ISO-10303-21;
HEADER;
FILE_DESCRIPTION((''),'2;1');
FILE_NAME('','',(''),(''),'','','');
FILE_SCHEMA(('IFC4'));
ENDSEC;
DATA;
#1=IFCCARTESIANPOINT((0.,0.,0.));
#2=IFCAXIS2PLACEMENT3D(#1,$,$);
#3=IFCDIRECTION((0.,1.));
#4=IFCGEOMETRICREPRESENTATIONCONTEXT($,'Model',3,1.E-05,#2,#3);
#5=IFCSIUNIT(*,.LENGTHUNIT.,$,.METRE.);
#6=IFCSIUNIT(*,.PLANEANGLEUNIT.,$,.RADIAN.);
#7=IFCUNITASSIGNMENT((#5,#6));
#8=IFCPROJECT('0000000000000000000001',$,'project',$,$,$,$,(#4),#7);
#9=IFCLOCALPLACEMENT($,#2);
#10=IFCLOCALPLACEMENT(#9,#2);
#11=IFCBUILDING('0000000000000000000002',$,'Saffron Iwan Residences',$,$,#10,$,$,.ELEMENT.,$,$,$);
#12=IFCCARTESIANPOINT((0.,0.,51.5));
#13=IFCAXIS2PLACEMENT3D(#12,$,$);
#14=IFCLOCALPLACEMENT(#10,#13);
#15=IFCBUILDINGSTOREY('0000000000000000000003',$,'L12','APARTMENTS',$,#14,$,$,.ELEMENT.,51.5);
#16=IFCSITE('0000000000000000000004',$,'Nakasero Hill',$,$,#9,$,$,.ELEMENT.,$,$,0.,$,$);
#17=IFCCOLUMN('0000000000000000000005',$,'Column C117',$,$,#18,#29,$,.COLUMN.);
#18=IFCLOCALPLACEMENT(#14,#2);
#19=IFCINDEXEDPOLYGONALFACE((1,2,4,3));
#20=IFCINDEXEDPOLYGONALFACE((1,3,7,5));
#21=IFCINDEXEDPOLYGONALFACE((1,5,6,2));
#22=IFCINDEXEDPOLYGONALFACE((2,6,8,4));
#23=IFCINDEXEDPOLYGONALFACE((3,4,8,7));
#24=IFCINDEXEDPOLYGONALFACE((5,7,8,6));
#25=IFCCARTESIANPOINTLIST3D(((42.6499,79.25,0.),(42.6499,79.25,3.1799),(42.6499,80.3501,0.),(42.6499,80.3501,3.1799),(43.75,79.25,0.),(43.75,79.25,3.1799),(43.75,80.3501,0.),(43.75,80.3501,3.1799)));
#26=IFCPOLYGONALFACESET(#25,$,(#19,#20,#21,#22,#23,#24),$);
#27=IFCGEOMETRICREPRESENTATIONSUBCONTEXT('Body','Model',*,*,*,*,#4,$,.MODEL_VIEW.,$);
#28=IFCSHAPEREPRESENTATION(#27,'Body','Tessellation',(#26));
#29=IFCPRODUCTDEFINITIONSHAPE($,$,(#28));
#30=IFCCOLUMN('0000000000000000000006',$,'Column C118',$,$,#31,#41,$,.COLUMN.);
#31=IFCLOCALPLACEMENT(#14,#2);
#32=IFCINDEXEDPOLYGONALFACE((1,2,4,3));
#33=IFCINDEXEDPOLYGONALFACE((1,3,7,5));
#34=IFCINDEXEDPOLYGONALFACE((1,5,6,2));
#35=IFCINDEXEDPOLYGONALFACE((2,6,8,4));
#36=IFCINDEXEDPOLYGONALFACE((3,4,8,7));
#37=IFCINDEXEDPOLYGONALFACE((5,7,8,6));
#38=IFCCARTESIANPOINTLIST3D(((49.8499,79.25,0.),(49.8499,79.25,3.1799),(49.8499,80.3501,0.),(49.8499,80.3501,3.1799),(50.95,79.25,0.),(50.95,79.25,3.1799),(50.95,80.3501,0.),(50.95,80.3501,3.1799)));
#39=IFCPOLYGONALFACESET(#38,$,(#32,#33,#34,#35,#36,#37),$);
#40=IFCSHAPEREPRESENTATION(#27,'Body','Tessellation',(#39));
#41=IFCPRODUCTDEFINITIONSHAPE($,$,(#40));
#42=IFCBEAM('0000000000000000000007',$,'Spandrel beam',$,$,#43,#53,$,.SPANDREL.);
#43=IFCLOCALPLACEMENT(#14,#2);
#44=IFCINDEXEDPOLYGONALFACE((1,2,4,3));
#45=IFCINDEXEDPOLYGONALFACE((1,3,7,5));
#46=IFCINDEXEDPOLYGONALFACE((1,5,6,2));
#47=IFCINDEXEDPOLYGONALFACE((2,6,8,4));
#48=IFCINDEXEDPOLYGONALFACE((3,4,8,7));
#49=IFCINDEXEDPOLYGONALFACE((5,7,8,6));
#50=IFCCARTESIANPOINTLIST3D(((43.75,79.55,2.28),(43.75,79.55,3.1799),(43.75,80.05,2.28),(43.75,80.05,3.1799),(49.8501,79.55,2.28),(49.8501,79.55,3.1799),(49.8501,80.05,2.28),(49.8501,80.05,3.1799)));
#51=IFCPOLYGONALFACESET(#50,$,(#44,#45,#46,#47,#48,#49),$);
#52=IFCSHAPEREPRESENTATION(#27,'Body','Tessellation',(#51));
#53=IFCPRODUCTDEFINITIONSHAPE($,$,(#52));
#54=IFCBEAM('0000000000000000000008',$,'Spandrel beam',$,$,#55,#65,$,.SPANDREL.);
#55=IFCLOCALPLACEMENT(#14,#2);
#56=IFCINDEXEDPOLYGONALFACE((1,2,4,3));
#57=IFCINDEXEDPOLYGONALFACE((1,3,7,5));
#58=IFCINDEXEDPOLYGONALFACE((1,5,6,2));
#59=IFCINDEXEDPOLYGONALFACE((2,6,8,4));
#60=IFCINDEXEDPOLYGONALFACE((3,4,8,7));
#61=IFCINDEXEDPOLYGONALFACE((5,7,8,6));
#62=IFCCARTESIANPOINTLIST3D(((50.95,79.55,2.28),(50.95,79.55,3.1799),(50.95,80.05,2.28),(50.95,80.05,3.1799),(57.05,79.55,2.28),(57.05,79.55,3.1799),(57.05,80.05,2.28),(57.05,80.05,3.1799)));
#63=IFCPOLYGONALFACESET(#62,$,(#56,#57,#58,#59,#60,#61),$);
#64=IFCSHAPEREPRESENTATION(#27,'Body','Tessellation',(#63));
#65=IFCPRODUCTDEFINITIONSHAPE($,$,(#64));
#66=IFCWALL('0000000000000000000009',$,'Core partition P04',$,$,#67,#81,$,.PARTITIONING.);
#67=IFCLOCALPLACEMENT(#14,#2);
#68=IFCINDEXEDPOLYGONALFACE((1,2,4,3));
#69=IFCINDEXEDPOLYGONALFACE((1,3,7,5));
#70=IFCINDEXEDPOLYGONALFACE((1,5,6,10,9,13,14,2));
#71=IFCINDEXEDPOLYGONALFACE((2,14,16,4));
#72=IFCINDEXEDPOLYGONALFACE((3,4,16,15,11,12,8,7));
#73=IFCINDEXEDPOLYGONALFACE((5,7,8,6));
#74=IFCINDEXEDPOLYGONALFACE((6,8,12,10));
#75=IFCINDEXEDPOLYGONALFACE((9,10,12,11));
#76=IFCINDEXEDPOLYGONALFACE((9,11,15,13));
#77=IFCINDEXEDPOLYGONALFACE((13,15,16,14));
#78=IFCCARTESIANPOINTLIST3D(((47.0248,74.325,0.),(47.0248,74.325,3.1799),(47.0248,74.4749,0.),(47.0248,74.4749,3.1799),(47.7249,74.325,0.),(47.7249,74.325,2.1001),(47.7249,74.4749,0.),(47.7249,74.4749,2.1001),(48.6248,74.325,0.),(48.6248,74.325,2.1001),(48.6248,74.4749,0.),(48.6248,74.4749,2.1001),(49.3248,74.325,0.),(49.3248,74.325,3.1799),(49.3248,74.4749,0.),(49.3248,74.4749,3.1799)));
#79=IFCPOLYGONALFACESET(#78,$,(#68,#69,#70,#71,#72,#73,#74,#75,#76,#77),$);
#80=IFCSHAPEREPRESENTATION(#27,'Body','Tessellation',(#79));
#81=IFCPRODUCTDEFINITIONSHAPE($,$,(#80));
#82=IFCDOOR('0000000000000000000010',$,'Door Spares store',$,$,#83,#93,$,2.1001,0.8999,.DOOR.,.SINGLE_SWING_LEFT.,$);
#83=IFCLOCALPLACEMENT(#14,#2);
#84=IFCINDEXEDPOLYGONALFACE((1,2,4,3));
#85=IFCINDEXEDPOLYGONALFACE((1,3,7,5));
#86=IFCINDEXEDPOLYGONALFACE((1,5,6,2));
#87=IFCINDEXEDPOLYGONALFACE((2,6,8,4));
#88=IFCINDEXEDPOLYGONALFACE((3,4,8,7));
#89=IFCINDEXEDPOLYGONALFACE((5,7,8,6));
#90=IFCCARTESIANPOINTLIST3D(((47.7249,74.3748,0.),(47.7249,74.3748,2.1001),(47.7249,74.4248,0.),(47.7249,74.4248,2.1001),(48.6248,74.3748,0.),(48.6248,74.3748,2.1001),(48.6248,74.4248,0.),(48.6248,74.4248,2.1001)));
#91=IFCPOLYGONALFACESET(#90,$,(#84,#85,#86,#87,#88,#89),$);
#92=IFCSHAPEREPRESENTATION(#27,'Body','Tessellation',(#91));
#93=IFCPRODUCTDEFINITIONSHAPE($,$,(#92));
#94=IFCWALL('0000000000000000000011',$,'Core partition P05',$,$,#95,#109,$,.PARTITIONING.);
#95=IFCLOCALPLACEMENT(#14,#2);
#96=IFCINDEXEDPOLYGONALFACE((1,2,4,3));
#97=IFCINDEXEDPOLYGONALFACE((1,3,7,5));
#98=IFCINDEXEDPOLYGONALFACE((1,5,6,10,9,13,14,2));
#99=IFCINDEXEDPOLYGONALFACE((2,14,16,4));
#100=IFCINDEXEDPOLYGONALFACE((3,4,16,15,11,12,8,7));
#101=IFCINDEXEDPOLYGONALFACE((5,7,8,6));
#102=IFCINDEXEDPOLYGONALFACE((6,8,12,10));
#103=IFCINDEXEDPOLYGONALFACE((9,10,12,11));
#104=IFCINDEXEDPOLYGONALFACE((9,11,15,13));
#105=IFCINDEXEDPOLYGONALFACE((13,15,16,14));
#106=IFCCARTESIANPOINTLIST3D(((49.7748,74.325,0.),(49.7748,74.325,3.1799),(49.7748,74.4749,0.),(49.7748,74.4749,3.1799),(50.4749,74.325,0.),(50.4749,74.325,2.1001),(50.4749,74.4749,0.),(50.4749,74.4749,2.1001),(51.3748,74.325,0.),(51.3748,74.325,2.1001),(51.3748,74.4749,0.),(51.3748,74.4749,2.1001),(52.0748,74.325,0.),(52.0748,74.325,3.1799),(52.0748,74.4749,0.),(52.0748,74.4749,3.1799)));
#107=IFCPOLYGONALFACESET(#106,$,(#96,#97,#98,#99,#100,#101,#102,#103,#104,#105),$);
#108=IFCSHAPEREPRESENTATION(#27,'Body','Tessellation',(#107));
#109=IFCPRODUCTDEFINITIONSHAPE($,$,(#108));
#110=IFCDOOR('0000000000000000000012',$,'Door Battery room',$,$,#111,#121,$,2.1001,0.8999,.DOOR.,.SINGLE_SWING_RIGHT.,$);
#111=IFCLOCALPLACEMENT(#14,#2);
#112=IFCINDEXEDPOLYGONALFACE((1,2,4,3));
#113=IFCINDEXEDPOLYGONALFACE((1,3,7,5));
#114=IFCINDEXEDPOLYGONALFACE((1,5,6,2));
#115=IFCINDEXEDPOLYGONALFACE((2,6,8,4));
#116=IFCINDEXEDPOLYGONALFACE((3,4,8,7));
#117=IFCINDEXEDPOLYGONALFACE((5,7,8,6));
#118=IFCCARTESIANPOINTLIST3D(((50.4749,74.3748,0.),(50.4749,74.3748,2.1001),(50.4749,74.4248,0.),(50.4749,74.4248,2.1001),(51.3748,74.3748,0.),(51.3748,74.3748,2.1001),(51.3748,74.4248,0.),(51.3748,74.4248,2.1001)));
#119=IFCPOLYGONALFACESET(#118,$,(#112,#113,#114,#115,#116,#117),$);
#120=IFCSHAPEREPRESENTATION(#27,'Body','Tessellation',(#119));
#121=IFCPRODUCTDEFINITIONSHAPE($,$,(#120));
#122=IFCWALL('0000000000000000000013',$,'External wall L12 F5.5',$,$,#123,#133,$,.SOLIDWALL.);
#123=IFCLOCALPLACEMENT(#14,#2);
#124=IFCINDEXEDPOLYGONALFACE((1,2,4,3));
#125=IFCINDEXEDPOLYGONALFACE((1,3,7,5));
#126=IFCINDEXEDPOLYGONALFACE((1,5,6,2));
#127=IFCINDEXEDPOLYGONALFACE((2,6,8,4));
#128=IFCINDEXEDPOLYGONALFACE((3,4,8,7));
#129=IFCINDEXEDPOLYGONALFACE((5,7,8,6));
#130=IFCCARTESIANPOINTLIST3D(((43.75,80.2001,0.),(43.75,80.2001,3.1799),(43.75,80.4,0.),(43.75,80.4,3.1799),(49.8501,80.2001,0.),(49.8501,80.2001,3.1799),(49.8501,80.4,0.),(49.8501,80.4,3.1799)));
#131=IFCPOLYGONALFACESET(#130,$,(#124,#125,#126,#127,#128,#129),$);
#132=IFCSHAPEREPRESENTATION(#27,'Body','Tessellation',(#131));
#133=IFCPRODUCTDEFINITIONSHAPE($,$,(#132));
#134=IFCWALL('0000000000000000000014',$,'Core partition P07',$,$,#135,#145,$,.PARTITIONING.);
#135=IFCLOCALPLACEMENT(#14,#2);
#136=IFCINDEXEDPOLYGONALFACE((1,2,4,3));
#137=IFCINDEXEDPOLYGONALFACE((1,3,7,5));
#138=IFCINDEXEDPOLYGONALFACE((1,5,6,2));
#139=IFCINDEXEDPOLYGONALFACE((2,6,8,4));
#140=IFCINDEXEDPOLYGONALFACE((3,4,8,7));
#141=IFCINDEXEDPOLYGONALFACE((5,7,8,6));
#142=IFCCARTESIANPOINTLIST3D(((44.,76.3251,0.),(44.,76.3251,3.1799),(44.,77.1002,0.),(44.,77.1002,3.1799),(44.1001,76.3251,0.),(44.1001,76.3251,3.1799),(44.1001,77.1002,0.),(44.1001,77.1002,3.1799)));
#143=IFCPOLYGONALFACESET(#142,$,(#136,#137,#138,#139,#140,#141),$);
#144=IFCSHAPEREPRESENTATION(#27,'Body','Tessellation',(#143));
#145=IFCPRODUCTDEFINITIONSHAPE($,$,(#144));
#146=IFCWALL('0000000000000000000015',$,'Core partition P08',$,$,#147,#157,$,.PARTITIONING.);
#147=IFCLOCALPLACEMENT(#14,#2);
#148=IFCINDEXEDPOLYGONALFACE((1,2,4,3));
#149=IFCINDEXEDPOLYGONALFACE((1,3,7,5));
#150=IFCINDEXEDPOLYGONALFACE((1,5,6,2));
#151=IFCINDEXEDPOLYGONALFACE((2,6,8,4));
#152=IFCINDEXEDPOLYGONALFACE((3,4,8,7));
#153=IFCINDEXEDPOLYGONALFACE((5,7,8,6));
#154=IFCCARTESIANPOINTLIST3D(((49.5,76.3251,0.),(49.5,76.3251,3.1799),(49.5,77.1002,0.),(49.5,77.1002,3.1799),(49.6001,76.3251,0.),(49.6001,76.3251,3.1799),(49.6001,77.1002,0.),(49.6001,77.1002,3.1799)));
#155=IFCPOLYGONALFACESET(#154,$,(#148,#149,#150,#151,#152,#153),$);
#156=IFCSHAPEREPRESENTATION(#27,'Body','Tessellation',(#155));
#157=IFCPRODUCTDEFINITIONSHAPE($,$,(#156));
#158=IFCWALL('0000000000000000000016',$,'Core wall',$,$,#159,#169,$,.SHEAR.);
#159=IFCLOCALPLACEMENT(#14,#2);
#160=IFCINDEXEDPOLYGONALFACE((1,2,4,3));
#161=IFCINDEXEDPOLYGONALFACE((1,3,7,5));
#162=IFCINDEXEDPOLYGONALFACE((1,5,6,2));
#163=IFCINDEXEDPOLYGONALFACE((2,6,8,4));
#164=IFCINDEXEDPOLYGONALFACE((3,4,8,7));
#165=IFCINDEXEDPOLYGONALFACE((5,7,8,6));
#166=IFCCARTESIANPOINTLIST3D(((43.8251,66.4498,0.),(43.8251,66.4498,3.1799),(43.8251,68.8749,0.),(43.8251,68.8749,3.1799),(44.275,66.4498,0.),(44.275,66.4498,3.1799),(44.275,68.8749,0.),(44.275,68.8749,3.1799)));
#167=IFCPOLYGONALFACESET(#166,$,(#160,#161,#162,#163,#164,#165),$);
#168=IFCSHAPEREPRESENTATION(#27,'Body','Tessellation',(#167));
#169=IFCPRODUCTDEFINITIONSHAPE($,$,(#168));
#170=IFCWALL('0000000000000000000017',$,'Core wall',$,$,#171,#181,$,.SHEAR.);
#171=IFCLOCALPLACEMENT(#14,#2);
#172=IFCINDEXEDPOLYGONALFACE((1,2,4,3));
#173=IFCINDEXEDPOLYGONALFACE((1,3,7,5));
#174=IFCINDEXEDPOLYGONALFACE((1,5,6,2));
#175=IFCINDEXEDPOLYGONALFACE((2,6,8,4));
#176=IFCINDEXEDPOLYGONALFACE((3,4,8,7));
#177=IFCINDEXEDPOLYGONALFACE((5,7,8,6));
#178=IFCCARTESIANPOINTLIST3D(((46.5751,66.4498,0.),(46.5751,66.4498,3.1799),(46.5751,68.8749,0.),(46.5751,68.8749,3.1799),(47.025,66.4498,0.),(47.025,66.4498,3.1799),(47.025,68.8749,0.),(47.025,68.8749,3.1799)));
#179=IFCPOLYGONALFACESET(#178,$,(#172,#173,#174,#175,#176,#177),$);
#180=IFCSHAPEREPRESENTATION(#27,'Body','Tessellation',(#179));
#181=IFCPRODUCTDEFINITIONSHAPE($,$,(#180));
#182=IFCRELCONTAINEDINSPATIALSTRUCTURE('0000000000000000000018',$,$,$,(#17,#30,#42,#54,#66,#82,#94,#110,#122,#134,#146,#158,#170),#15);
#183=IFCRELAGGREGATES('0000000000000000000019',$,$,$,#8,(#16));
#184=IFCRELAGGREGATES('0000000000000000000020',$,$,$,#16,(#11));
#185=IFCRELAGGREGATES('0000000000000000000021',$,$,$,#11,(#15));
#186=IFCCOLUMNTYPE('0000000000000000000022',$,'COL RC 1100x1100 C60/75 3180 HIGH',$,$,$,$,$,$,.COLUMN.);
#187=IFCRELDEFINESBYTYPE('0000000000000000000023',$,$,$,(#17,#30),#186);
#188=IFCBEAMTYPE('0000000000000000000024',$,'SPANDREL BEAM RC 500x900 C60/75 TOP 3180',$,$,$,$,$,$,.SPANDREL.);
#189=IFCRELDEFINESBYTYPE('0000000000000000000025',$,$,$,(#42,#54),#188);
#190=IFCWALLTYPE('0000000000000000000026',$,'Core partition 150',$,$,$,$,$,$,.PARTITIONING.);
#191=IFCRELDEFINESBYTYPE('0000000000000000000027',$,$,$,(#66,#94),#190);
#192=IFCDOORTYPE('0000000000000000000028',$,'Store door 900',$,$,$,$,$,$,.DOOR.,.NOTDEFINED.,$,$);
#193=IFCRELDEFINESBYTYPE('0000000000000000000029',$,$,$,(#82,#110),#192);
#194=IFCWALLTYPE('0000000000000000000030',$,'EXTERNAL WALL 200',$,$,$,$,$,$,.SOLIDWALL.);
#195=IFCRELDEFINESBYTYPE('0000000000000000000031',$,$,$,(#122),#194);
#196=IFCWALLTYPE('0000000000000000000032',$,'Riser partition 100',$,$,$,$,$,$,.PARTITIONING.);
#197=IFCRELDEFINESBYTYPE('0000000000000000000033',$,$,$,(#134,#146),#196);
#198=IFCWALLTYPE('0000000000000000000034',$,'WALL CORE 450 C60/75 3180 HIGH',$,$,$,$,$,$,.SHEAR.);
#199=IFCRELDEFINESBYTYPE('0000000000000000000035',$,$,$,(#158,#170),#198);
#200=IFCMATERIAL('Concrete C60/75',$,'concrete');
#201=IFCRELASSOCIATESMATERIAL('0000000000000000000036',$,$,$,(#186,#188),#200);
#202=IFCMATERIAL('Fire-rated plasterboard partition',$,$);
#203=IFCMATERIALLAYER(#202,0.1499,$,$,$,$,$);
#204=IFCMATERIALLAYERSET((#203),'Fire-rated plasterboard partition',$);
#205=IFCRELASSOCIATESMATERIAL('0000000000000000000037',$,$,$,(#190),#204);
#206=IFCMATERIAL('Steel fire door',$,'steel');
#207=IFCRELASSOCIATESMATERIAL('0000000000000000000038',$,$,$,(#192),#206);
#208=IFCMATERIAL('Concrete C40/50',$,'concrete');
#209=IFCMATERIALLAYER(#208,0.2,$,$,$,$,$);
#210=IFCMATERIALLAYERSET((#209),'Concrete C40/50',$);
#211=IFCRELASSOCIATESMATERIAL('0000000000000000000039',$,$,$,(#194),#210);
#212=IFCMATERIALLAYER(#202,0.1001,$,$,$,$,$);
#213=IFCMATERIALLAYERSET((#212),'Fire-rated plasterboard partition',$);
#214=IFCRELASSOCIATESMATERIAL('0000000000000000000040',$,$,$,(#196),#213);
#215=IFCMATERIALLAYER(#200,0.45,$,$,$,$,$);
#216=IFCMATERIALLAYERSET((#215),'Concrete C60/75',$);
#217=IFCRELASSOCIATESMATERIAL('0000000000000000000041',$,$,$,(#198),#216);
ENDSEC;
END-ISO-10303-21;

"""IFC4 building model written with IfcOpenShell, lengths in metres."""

from ifc_helpers import new_model, si_unit, direction, frame, frame_2d, origin, origin_2d, place, context, subcontext, project, spatial, rectangle, extrude, source, transform, mapped, material, layer, layer_set, material_profile, profile_set, type_object, element, fill, save


model = new_model("IFC4")

# Units and contexts
model_context = context("Model", 3, precision=1e-05, world=origin(), true_north=direction((0.0, 1.0)))
body_context = subcontext(model_context, "Body", "Model", "MODEL_VIEW")
ifc_project = project(units=[si_unit("LENGTHUNIT", "METRE"), si_unit("PLANEANGLEUNIT", "RADIAN")], contexts=[model_context])

# Site, building, storey
site_placement = place(None, origin())
site = spatial("IfcSite", under=ifc_project, at=site_placement, Name="Nakasero Hill", CompositionType="ELEMENT", RefElevation=0.0)
building_placement = place(site_placement, origin())
building = spatial("IfcBuilding", under=site, at=building_placement, Name="Saffron Iwan Residences", CompositionType="ELEMENT")
storey_placement = place(building_placement, frame((0.0, 0.0, 51.5)))
storey = spatial("IfcBuildingStorey", under=building, at=storey_placement, Name="L12", Description="APARTMENTS", CompositionType="ELEMENT", Elevation=51.5)

# Columns
ifc_material_1 = material(Name="Concrete C60/75", Category="concrete")
ifc_material_profile_1 = material_profile(ifc_material_1, rectangle(XDim=1.1001, YDim=1.1001, at=origin_2d()), Name="RC 1100x1100")
ifc_profile_set_1 = profile_set([ifc_material_profile_1], Name="Concrete C60/75")
column_type = type_object("IfcColumnType", Name="COL RC 1100x1100 C60/75 3180 HIGH", PredefinedType="COLUMN", material=ifc_profile_set_1)
shared_shape_1 = source(origin(), body_context, "Body", "SweptSolid", [
    extrude(rectangle(XDim=1.1001, YDim=1.1001, at=origin_2d()), origin(), (0.0, 0.0, 1.0), 3.1799),
])
for number, where, z_axis, x_axis, name in (
    (1, (43.2, 79.8, 0.0), (0.0, 0.0, 1.0), (1.0, 0.0, 0.0), "Column C117"),
    (2, (50.3999, 79.8, 0.0), (0.0, 0.0, 1.0), (1.0, 0.0, 0.0), "Column C118"),
):
    element("IfcColumn", number, at=place(storey_placement, frame(where, z_axis=z_axis, x_axis=x_axis)), inside=storey, type_object=column_type, Name=name, PredefinedType="COLUMN", context=body_context, shape_type="MappedRepresentation", body=[
        mapped(shared_shape_1, transform((0.0, 0.0, 0.0))),
    ])

# Beams
ifc_material_profile_2 = material_profile(ifc_material_1, rectangle(XDim=0.5, YDim=0.8999, at=origin_2d()), Name="RC 500x900")
ifc_profile_set_2 = profile_set([ifc_material_profile_2], Name="Concrete C60/75")
beam_type = type_object("IfcBeamType", Name="SPANDREL BEAM RC 500x900 C60/75 TOP 3180", PredefinedType="SPANDREL", material=ifc_profile_set_2)
shared_shape_2 = source(origin(), body_context, "Body", "SweptSolid", [
    extrude(rectangle(XDim=0.5, YDim=0.8999, at=origin_2d()), origin(), (0.0, 0.0, 1.0), 6.1001),
])
for number, where, z_axis, x_axis, name in (
    (3, (43.75, 79.8, 2.73), (1.0, 0.0, 0.0), (0.0, 1.0, 0.0), "Spandrel beam"),
    (4, (50.95, 79.8, 2.73), (1.0, 0.0, 0.0), (0.0, 1.0, 0.0), "Spandrel beam"),
):
    element("IfcBeam", number, at=place(storey_placement, frame(where, z_axis=z_axis, x_axis=x_axis)), inside=storey, type_object=beam_type, Name=name, PredefinedType="SPANDREL", context=body_context, shape_type="MappedRepresentation", body=[
        mapped(shared_shape_2, transform((0.0, 0.0, 0.0))),
    ])

# Walls, openings, doors
ifc_material_2 = material(Name="Fire-rated plasterboard partition")
ifc_layer_1 = layer(ifc_material_2, 0.1499)
ifc_layer_set_1 = layer_set([ifc_layer_1], Name="Fire-rated plasterboard partition")
wall_type_1 = type_object("IfcWallType", Name="Core partition 150", PredefinedType="PARTITIONING", material=ifc_layer_set_1)
wall_1_placement = place(storey_placement, frame((47.0249, 74.3999, 0.0), z_axis=(0.0, 0.0, 1.0), x_axis=(1.0, 0.0, 0.0)))
wall_1 = element("IfcWall", 5, at=wall_1_placement, inside=storey, type_object=wall_type_1, Name="Core partition P04", PredefinedType="PARTITIONING", context=body_context, shape_type="SweptSolid", body=[
    extrude(rectangle(XDim=2.3, YDim=0.1499, at=frame_2d((1.1499, 0.0))), origin(), (0.0, 0.0, 1.0), 3.1799),
])
opening_1_placement = place(wall_1_placement, frame((0.7, 0.0, 0.0)))
opening_1 = element("IfcOpeningElement", 6, at=opening_1_placement, cuts=wall_1, PredefinedType="OPENING", context=body_context, shape_type="SweptSolid", body=[
    extrude(rectangle(XDim=0.8999, YDim=2.1001, at=frame_2d((0.45, 1.05))), frame((0.0, 0.085, 0.0), z_axis=(0.0, -1.0, 0.0), x_axis=(1.0, 0.0, 0.0)), (0.0, 0.0, 1.0), 0.1699),
])
ifc_material_3 = material(Name="Steel fire door", Category="steel")
door_type = type_object("IfcDoorType", Name="Store door 900", OperationType="NOTDEFINED", PredefinedType="DOOR", material=ifc_material_3)
door_1_placement = place(opening_1_placement, origin())
door_1 = element("IfcDoor", 7, at=door_1_placement, inside=storey, type_object=door_type, Name="Door Spares store", OperationType="SINGLE_SWING_LEFT", OverallHeight=2.1001, OverallWidth=0.8999, PredefinedType="DOOR", context=body_context, shape_type="SweptSolid", body=[
    extrude(rectangle(XDim=0.8999, YDim=2.1001, at=frame_2d((0.45, 1.05))), frame((0.0, 0.0249, 0.0), z_axis=(0.0, -1.0, 0.0), x_axis=(1.0, 0.0, 0.0)), (0.0, 0.0, 1.0), 0.05),
])
fill(opening_1, door_1)
wall_2_placement = place(storey_placement, frame((49.7749, 74.3999, 0.0), z_axis=(0.0, 0.0, 1.0), x_axis=(1.0, 0.0, 0.0)))
wall_2 = element("IfcWall", 8, at=wall_2_placement, inside=storey, type_object=wall_type_1, Name="Core partition P05", PredefinedType="PARTITIONING", context=body_context, shape_type="SweptSolid", body=[
    extrude(rectangle(XDim=2.3, YDim=0.1499, at=frame_2d((1.1499, 0.0))), origin(), (0.0, 0.0, 1.0), 3.1799),
])
opening_2_placement = place(wall_2_placement, frame((0.7, 0.0, 0.0)))
opening_2 = element("IfcOpeningElement", 9, at=opening_2_placement, cuts=wall_2, PredefinedType="OPENING", context=body_context, shape_type="SweptSolid", body=[
    extrude(rectangle(XDim=0.8999, YDim=2.1001, at=frame_2d((0.45, 1.05))), frame((0.0, 0.085, 0.0), z_axis=(0.0, -1.0, 0.0), x_axis=(1.0, 0.0, 0.0)), (0.0, 0.0, 1.0), 0.1699),
])
door_2_placement = place(opening_2_placement, origin())
door_2 = element("IfcDoor", 10, at=door_2_placement, inside=storey, type_object=door_type, Name="Door Battery room", OperationType="SINGLE_SWING_RIGHT", OverallHeight=2.1001, OverallWidth=0.8999, PredefinedType="DOOR", context=body_context, shape_type="SweptSolid", body=[
    extrude(rectangle(XDim=0.8999, YDim=2.1001, at=frame_2d((0.45, 1.05))), frame((0.0, 0.0249, 0.0), z_axis=(0.0, -1.0, 0.0), x_axis=(1.0, 0.0, 0.0)), (0.0, 0.0, 1.0), 0.05),
])
fill(opening_2, door_2)

# Walls
ifc_material_4 = material(Name="Concrete C40/50", Category="concrete")
ifc_layer_2 = layer(ifc_material_4, 0.2)
ifc_layer_set_2 = layer_set([ifc_layer_2], Name="Concrete C40/50")
wall_type_2 = type_object("IfcWallType", Name="EXTERNAL WALL 200", PredefinedType="SOLIDWALL", material=ifc_layer_set_2)
wall_3_placement = place(storey_placement, frame((49.8501, 80.3, 0.0), z_axis=(0.0, 0.0, 1.0), x_axis=(-1.0, 0.0, 0.0)))
element("IfcWall", 11, at=wall_3_placement, inside=storey, type_object=wall_type_2, Name="External wall L12 F5.5", PredefinedType="SOLIDWALL", context=body_context, shape_type="SweptSolid", body=[
    extrude(rectangle(XDim=6.1001, YDim=0.2, at=frame_2d((3.05, 0.0))), origin(), (0.0, 0.0, 1.0), 3.1799),
])
ifc_layer_3 = layer(ifc_material_2, 0.1001)
ifc_layer_set_3 = layer_set([ifc_layer_3], Name="Fire-rated plasterboard partition")
wall_type_3 = type_object("IfcWallType", Name="Riser partition 100", PredefinedType="PARTITIONING", material=ifc_layer_set_3)
for number, where, z_axis, x_axis, name in (
    (12, (44.05, 76.325, 0.0), (0.0, 0.0, 1.0), (0.0, 1.0, 0.0), "Core partition P07"),
    (13, (49.55, 76.325, 0.0), (0.0, 0.0, 1.0), (0.0, 1.0, 0.0), "Core partition P08"),
):
    element("IfcWall", number, at=place(storey_placement, frame(where, z_axis=z_axis, x_axis=x_axis)), inside=storey, type_object=wall_type_3, Name=name, PredefinedType="PARTITIONING", context=body_context, shape_type="SweptSolid", body=[
        extrude(rectangle(XDim=0.7751, YDim=0.1001, at=frame_2d((0.3877, 0.0))), origin(), (0.0, 0.0, 1.0), 3.1799),
    ])
ifc_layer_4 = layer(ifc_material_1, 0.45)
ifc_layer_set_4 = layer_set([ifc_layer_4], Name="Concrete C60/75")
wall_type_4 = type_object("IfcWallType", Name="WALL CORE 450 C60/75 3180 HIGH", PredefinedType="SHEAR", material=ifc_layer_set_4)
for number, where, z_axis, x_axis, name in (
    (14, (44.05, 66.45, 0.0), (0.0, 0.0, 1.0), (0.0, 1.0, 0.0), "Core wall"),
    (15, (46.8, 66.45, 0.0), (0.0, 0.0, 1.0), (0.0, 1.0, 0.0), "Core wall"),
):
    element("IfcWall", number, at=place(storey_placement, frame(where, z_axis=z_axis, x_axis=x_axis)), inside=storey, type_object=wall_type_4, Name=name, PredefinedType="SHEAR", context=body_context, shape_type="SweptSolid", body=[
        extrude(rectangle(XDim=2.425, YDim=0.45, at=frame_2d((1.2124, 0.0))), origin(), (0.0, 0.0, 1.0), 3.1799),
    ])

save(model, "model.ifc")
